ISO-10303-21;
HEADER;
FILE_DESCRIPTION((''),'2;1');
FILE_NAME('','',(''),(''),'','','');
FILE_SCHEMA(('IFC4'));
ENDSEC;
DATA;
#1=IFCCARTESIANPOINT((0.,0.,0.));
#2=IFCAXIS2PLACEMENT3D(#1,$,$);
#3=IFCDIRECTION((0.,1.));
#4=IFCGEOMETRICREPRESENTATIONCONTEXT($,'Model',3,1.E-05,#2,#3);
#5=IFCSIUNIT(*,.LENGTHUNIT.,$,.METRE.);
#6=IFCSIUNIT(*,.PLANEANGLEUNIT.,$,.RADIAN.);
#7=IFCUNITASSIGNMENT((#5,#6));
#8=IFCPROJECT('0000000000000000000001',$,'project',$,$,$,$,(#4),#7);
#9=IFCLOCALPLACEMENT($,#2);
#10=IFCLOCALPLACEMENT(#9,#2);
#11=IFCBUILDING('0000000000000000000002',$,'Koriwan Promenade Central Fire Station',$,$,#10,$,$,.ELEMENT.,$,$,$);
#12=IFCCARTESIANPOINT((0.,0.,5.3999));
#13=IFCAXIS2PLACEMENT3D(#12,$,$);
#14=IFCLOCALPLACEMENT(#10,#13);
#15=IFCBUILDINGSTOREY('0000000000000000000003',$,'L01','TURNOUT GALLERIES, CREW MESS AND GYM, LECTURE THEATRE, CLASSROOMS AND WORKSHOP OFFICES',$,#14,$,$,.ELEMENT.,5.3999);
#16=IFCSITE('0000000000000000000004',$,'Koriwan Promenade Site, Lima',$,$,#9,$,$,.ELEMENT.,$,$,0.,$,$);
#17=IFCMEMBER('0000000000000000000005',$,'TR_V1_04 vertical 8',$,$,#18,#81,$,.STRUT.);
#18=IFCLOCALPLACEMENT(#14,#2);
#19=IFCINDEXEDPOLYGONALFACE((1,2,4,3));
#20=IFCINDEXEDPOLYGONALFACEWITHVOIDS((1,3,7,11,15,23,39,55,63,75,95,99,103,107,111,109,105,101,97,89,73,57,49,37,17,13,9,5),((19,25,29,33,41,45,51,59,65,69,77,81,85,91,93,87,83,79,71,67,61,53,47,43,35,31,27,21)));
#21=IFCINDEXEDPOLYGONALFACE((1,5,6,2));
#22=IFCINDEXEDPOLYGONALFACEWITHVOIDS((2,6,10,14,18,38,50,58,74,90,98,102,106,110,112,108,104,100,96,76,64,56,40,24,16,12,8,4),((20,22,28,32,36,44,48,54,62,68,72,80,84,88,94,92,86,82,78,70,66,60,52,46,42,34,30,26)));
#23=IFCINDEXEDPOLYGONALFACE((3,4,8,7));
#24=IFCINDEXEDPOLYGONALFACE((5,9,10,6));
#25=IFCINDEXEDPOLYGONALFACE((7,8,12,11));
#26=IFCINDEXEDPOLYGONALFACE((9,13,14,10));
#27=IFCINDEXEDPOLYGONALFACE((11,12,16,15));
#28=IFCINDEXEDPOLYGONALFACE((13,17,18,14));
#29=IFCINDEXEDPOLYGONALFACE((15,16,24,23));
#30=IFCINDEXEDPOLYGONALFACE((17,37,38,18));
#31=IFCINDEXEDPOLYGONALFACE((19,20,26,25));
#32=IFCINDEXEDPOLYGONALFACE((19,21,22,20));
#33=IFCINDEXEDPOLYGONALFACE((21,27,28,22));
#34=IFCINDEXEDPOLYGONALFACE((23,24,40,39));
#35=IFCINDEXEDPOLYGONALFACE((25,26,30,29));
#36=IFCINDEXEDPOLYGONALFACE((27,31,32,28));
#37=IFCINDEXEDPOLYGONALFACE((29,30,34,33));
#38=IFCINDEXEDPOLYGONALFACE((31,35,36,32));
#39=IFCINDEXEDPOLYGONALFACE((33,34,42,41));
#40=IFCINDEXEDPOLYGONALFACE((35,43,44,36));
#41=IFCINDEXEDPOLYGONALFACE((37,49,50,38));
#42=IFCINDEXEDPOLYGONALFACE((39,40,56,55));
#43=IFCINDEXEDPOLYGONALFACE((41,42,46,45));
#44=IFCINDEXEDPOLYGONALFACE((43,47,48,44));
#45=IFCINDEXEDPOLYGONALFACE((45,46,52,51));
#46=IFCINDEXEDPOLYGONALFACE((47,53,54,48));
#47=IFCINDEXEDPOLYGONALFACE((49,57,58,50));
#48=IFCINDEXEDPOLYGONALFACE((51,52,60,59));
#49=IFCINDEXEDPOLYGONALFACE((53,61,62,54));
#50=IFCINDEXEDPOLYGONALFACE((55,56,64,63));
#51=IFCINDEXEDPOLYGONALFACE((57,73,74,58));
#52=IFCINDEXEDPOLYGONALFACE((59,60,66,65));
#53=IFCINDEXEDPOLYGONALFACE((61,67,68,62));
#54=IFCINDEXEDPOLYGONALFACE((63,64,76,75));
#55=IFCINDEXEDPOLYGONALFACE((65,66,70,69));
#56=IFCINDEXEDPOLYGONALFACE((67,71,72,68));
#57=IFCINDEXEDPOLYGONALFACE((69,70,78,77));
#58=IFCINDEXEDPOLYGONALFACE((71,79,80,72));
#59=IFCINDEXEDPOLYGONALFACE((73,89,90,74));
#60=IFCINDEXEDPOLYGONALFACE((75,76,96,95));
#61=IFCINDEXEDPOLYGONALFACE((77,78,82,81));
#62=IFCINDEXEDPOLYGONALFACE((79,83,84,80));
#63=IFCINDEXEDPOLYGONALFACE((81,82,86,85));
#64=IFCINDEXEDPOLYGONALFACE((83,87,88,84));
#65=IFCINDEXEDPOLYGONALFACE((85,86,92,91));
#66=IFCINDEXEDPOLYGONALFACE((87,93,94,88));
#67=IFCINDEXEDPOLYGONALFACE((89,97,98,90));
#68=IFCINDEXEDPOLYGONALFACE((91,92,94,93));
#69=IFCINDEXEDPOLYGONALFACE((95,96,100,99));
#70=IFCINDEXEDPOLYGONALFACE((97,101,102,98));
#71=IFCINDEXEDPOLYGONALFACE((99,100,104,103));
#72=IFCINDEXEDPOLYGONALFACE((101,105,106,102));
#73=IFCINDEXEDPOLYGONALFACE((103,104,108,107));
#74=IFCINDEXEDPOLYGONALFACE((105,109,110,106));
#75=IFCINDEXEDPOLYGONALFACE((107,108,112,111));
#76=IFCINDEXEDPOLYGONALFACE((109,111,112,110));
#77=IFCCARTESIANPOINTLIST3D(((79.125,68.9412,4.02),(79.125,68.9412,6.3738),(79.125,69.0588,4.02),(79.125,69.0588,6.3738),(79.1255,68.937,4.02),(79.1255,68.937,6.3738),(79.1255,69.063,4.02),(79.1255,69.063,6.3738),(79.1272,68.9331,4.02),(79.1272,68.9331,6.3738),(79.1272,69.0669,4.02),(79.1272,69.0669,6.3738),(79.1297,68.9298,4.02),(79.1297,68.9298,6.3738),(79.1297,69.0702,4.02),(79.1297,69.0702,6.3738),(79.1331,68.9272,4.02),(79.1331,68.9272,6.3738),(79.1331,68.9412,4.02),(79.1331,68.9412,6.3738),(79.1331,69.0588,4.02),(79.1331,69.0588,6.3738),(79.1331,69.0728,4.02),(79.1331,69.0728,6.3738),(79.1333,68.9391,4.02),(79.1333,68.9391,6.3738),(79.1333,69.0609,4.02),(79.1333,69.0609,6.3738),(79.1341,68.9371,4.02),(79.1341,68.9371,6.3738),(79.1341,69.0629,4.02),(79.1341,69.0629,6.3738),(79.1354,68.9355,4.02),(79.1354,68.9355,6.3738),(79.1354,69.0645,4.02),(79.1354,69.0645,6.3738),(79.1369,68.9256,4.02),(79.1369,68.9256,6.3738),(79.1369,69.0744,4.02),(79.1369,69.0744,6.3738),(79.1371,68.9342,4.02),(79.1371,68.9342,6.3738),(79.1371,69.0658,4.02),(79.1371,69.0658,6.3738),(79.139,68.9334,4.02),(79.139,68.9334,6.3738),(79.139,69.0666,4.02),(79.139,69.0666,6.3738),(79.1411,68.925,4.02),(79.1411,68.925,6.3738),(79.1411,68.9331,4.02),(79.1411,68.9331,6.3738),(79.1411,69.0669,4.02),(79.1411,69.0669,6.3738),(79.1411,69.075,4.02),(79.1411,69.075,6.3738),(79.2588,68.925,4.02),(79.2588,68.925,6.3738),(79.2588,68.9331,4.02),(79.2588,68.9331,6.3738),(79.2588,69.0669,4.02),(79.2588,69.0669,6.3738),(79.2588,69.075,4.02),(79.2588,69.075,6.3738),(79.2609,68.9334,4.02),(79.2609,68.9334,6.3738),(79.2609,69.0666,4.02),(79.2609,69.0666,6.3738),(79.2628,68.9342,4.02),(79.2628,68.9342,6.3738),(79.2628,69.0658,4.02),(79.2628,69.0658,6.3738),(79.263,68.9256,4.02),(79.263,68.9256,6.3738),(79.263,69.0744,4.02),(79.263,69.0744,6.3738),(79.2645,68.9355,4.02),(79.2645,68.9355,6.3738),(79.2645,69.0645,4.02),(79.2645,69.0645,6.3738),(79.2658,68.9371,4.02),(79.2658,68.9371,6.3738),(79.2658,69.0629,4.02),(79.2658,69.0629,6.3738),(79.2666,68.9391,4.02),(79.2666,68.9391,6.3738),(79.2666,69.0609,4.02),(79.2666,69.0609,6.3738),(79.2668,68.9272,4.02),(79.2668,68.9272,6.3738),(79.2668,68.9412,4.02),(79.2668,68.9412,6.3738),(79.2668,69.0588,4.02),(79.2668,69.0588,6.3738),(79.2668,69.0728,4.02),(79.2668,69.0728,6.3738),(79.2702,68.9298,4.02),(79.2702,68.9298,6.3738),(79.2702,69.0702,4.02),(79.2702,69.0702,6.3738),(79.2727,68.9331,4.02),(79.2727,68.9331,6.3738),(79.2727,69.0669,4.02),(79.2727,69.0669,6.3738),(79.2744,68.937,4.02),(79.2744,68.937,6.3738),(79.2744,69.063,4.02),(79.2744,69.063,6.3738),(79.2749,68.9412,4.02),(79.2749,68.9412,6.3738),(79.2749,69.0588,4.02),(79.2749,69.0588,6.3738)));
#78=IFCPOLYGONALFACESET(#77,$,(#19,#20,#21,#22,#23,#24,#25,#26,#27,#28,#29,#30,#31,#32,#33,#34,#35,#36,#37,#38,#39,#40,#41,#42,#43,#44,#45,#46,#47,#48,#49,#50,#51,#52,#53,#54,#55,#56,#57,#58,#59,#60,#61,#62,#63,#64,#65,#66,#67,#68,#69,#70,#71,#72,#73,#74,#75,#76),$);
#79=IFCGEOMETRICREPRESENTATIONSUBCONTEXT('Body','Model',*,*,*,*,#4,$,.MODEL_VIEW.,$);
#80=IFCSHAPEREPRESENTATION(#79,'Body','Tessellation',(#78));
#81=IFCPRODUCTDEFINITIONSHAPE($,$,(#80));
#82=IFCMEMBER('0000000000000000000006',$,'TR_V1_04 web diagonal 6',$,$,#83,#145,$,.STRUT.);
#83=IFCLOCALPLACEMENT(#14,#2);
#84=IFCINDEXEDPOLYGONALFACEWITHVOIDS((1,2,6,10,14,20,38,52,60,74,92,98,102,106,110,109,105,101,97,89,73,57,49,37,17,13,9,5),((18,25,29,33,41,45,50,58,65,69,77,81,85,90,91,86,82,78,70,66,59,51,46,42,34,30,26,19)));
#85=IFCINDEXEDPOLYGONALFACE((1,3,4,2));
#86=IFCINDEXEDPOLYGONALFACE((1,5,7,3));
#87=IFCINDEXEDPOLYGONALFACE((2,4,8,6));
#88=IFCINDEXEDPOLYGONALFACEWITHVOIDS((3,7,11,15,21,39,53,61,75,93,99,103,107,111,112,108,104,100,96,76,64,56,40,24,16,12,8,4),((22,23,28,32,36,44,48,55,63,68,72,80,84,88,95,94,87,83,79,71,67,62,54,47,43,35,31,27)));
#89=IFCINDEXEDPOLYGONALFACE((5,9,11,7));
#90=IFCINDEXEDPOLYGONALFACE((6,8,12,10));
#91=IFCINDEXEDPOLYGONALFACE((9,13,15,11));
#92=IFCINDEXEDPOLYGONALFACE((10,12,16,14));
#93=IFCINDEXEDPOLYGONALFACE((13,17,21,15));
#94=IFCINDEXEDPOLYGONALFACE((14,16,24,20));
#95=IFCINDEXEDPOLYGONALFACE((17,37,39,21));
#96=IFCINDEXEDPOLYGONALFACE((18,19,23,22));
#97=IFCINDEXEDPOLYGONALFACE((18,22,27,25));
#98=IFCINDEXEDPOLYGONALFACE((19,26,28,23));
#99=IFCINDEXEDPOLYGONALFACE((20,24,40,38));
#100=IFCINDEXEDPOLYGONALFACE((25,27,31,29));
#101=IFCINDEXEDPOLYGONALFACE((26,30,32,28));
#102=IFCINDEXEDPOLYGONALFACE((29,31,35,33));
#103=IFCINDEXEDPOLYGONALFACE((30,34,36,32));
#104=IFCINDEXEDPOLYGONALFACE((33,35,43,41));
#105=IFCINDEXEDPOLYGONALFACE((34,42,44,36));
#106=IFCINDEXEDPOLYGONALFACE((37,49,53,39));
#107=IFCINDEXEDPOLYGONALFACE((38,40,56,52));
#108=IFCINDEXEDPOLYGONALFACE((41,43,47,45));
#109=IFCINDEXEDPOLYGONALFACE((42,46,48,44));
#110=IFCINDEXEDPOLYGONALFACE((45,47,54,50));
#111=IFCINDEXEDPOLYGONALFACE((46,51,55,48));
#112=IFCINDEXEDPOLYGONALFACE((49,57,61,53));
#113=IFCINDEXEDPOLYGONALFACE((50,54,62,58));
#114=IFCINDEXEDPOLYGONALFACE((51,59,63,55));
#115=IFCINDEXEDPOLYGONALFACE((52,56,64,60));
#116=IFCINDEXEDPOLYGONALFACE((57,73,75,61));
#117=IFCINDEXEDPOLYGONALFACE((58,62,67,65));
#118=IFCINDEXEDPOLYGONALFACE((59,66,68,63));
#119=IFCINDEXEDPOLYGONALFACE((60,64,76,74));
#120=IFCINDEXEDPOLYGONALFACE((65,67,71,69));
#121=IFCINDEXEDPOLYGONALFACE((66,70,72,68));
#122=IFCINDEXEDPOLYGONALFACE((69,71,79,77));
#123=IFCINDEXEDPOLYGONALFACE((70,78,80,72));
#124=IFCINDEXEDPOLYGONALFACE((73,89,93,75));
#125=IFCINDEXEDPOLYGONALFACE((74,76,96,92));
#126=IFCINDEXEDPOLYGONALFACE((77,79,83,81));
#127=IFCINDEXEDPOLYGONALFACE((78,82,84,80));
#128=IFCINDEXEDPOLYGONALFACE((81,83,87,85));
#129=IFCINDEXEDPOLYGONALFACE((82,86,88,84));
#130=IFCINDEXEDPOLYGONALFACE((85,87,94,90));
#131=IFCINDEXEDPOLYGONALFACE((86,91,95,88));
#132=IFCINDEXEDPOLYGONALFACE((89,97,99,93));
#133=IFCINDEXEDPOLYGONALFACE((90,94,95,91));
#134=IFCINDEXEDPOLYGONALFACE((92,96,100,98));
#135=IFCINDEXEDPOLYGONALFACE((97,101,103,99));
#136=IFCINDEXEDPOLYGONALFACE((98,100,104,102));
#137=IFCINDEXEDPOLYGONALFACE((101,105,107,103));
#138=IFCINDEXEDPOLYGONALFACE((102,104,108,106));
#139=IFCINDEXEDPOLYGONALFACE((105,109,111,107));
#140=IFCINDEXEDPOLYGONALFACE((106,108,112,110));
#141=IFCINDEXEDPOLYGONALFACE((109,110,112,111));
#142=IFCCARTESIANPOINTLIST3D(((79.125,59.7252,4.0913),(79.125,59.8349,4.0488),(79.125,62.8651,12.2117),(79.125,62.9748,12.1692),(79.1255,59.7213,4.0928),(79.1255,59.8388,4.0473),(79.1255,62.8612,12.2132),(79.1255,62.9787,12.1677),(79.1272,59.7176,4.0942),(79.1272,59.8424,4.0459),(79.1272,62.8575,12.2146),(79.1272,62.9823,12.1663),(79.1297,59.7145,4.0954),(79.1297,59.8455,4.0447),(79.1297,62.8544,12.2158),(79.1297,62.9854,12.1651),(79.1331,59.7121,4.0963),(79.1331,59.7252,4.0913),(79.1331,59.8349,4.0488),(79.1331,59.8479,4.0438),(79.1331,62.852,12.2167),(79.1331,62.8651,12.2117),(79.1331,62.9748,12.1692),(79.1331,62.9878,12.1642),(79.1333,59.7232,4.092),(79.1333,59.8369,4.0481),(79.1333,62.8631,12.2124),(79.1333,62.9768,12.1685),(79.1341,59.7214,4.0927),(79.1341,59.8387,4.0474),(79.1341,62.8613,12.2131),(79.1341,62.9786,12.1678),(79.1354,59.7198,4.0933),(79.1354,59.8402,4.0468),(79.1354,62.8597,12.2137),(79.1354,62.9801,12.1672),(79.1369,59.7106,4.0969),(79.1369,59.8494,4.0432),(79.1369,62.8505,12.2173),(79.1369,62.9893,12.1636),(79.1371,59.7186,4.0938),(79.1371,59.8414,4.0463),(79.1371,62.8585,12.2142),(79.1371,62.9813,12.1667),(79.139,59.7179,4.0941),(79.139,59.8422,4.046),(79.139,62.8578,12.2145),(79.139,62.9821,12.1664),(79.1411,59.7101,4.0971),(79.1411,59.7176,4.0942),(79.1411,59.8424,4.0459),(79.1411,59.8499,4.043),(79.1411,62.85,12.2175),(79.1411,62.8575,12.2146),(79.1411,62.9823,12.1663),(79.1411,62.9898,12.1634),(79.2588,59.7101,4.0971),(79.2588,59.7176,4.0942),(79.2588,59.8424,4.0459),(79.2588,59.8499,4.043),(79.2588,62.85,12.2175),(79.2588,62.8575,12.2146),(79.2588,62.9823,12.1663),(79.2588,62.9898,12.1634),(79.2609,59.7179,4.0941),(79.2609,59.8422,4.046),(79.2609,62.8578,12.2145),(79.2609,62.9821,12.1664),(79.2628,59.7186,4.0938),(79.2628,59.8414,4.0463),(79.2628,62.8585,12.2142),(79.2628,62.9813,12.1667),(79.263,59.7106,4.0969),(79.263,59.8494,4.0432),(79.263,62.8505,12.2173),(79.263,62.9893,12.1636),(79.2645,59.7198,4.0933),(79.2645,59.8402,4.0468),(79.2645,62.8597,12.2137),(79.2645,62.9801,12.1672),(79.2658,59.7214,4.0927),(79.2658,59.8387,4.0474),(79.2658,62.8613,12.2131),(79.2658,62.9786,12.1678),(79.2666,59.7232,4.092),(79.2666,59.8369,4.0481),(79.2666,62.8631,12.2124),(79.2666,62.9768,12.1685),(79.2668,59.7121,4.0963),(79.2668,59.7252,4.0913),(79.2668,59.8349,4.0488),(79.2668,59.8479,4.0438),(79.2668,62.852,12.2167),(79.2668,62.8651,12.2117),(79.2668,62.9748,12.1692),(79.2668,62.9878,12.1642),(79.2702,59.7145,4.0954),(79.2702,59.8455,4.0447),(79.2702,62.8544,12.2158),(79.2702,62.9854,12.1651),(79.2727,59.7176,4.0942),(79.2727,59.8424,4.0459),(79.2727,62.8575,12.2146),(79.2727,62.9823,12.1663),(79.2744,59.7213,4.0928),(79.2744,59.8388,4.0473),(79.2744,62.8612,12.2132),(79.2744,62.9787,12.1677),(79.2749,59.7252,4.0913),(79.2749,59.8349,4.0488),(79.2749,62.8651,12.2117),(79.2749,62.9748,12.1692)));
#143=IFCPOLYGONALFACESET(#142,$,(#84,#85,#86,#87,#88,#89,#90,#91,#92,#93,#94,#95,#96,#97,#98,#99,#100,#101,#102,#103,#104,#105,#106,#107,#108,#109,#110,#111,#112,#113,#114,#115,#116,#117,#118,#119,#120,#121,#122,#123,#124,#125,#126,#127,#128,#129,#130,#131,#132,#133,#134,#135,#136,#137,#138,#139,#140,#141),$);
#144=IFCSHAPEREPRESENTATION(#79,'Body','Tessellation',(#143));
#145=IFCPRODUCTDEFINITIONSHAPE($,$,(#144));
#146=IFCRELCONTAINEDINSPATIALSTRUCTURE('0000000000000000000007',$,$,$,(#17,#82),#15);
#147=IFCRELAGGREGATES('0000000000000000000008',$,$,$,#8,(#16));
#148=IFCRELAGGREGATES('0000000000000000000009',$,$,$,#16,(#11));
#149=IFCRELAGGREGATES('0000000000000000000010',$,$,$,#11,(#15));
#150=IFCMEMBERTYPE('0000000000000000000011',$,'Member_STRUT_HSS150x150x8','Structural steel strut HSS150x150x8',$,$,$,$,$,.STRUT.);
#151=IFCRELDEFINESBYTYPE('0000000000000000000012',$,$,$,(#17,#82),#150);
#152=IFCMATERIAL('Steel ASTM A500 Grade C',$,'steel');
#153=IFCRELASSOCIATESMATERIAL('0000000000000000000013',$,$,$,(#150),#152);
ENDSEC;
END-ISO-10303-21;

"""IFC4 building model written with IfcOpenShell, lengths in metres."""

from ifc_helpers import new_model, si_unit, direction, frame, origin, origin_2d, place, context, subcontext, project, spatial, hollow_rectangle, extrude, material, material_profile, profile_set, type_object, element, save


model = new_model("IFC4")

# Units and contexts
model_context = context("Model", 3, precision=1e-05, world=origin(), true_north=direction((0.0, 1.0)))
body_context = subcontext(model_context, "Body", "Model", "MODEL_VIEW")
ifc_project = project(units=[si_unit("LENGTHUNIT", "METRE"), si_unit("PLANEANGLEUNIT", "RADIAN")], contexts=[model_context])

# Site, building, storey
site_placement = place(None, origin())
site = spatial("IfcSite", under=ifc_project, at=site_placement, Name="Koriwan Promenade Site, Lima", CompositionType="ELEMENT", RefElevation=0.0)
building_placement = place(site_placement, origin())
building = spatial("IfcBuilding", under=site, at=building_placement, Name="Koriwan Promenade Central Fire Station", CompositionType="ELEMENT")
storey_placement = place(building_placement, frame((0.0, 0.0, 5.3999)))
storey = spatial("IfcBuildingStorey", under=building, at=storey_placement, Name="L01", Description="TURNOUT GALLERIES, CREW MESS AND GYM, LECTURE THEATRE, CLASSROOMS AND WORKSHOP OFFICES", CompositionType="ELEMENT", Elevation=5.3999)

# Members
ifc_material_1 = material(Name="Steel ASTM A500 Grade C", Category="steel")
ifc_material_profile_1 = material_profile(ifc_material_1, hollow_rectangle(XDim=0.1499, YDim=0.1499, WallThickness=0.0081, InnerFilletRadius=0.0081, OuterFilletRadius=0.0161, at=origin_2d()), Name="HSS150x150x8")
ifc_profile_set_1 = profile_set([ifc_material_profile_1], Name="Steel ASTM A500 Grade C")
member_type_1 = type_object("IfcMemberType", Name="Member_STRUT_HSS150x150x8", Description="Structural steel strut HSS150x150x8", PredefinedType="STRUT", material=ifc_profile_set_1)
member_1_placement = place(storey_placement, frame((79.2, 69.0, 4.02), z_axis=(0.0, 0.0, 1.0), x_axis=(1.0, 0.0, 0.0)))
element("IfcMember", 1, at=member_1_placement, inside=storey, type_object=member_type_1, Name="TR_V1_04 vertical 8", PredefinedType="STRUT", context=body_context, shape_type="SweptSolid", body=[
    extrude(hollow_rectangle(XDim=0.1499, YDim=0.1499, WallThickness=0.0081, InnerFilletRadius=0.0081, OuterFilletRadius=0.0161, at=origin_2d()), origin(), (0.0, 0.0, 1.0), 2.3538),
])
member_2_placement = place(storey_placement, frame((79.2, 59.78, 4.0701), z_axis=(0.0, 0.360647, 0.932702), x_axis=(-1.0, 0.0, 0.0)))
element("IfcMember", 2, at=member_2_placement, inside=storey, type_object=member_type_1, Name="TR_V1_04 web diagonal 6", PredefinedType="STRUT", context=body_context, shape_type="SweptSolid", body=[
    extrude(hollow_rectangle(XDim=0.1499, YDim=0.1499, WallThickness=0.0081, InnerFilletRadius=0.0081, OuterFilletRadius=0.0161, at=origin_2d()), origin(), (0.0, 0.0, 1.0), 8.7063),
])

save(model, "model.ifc")
